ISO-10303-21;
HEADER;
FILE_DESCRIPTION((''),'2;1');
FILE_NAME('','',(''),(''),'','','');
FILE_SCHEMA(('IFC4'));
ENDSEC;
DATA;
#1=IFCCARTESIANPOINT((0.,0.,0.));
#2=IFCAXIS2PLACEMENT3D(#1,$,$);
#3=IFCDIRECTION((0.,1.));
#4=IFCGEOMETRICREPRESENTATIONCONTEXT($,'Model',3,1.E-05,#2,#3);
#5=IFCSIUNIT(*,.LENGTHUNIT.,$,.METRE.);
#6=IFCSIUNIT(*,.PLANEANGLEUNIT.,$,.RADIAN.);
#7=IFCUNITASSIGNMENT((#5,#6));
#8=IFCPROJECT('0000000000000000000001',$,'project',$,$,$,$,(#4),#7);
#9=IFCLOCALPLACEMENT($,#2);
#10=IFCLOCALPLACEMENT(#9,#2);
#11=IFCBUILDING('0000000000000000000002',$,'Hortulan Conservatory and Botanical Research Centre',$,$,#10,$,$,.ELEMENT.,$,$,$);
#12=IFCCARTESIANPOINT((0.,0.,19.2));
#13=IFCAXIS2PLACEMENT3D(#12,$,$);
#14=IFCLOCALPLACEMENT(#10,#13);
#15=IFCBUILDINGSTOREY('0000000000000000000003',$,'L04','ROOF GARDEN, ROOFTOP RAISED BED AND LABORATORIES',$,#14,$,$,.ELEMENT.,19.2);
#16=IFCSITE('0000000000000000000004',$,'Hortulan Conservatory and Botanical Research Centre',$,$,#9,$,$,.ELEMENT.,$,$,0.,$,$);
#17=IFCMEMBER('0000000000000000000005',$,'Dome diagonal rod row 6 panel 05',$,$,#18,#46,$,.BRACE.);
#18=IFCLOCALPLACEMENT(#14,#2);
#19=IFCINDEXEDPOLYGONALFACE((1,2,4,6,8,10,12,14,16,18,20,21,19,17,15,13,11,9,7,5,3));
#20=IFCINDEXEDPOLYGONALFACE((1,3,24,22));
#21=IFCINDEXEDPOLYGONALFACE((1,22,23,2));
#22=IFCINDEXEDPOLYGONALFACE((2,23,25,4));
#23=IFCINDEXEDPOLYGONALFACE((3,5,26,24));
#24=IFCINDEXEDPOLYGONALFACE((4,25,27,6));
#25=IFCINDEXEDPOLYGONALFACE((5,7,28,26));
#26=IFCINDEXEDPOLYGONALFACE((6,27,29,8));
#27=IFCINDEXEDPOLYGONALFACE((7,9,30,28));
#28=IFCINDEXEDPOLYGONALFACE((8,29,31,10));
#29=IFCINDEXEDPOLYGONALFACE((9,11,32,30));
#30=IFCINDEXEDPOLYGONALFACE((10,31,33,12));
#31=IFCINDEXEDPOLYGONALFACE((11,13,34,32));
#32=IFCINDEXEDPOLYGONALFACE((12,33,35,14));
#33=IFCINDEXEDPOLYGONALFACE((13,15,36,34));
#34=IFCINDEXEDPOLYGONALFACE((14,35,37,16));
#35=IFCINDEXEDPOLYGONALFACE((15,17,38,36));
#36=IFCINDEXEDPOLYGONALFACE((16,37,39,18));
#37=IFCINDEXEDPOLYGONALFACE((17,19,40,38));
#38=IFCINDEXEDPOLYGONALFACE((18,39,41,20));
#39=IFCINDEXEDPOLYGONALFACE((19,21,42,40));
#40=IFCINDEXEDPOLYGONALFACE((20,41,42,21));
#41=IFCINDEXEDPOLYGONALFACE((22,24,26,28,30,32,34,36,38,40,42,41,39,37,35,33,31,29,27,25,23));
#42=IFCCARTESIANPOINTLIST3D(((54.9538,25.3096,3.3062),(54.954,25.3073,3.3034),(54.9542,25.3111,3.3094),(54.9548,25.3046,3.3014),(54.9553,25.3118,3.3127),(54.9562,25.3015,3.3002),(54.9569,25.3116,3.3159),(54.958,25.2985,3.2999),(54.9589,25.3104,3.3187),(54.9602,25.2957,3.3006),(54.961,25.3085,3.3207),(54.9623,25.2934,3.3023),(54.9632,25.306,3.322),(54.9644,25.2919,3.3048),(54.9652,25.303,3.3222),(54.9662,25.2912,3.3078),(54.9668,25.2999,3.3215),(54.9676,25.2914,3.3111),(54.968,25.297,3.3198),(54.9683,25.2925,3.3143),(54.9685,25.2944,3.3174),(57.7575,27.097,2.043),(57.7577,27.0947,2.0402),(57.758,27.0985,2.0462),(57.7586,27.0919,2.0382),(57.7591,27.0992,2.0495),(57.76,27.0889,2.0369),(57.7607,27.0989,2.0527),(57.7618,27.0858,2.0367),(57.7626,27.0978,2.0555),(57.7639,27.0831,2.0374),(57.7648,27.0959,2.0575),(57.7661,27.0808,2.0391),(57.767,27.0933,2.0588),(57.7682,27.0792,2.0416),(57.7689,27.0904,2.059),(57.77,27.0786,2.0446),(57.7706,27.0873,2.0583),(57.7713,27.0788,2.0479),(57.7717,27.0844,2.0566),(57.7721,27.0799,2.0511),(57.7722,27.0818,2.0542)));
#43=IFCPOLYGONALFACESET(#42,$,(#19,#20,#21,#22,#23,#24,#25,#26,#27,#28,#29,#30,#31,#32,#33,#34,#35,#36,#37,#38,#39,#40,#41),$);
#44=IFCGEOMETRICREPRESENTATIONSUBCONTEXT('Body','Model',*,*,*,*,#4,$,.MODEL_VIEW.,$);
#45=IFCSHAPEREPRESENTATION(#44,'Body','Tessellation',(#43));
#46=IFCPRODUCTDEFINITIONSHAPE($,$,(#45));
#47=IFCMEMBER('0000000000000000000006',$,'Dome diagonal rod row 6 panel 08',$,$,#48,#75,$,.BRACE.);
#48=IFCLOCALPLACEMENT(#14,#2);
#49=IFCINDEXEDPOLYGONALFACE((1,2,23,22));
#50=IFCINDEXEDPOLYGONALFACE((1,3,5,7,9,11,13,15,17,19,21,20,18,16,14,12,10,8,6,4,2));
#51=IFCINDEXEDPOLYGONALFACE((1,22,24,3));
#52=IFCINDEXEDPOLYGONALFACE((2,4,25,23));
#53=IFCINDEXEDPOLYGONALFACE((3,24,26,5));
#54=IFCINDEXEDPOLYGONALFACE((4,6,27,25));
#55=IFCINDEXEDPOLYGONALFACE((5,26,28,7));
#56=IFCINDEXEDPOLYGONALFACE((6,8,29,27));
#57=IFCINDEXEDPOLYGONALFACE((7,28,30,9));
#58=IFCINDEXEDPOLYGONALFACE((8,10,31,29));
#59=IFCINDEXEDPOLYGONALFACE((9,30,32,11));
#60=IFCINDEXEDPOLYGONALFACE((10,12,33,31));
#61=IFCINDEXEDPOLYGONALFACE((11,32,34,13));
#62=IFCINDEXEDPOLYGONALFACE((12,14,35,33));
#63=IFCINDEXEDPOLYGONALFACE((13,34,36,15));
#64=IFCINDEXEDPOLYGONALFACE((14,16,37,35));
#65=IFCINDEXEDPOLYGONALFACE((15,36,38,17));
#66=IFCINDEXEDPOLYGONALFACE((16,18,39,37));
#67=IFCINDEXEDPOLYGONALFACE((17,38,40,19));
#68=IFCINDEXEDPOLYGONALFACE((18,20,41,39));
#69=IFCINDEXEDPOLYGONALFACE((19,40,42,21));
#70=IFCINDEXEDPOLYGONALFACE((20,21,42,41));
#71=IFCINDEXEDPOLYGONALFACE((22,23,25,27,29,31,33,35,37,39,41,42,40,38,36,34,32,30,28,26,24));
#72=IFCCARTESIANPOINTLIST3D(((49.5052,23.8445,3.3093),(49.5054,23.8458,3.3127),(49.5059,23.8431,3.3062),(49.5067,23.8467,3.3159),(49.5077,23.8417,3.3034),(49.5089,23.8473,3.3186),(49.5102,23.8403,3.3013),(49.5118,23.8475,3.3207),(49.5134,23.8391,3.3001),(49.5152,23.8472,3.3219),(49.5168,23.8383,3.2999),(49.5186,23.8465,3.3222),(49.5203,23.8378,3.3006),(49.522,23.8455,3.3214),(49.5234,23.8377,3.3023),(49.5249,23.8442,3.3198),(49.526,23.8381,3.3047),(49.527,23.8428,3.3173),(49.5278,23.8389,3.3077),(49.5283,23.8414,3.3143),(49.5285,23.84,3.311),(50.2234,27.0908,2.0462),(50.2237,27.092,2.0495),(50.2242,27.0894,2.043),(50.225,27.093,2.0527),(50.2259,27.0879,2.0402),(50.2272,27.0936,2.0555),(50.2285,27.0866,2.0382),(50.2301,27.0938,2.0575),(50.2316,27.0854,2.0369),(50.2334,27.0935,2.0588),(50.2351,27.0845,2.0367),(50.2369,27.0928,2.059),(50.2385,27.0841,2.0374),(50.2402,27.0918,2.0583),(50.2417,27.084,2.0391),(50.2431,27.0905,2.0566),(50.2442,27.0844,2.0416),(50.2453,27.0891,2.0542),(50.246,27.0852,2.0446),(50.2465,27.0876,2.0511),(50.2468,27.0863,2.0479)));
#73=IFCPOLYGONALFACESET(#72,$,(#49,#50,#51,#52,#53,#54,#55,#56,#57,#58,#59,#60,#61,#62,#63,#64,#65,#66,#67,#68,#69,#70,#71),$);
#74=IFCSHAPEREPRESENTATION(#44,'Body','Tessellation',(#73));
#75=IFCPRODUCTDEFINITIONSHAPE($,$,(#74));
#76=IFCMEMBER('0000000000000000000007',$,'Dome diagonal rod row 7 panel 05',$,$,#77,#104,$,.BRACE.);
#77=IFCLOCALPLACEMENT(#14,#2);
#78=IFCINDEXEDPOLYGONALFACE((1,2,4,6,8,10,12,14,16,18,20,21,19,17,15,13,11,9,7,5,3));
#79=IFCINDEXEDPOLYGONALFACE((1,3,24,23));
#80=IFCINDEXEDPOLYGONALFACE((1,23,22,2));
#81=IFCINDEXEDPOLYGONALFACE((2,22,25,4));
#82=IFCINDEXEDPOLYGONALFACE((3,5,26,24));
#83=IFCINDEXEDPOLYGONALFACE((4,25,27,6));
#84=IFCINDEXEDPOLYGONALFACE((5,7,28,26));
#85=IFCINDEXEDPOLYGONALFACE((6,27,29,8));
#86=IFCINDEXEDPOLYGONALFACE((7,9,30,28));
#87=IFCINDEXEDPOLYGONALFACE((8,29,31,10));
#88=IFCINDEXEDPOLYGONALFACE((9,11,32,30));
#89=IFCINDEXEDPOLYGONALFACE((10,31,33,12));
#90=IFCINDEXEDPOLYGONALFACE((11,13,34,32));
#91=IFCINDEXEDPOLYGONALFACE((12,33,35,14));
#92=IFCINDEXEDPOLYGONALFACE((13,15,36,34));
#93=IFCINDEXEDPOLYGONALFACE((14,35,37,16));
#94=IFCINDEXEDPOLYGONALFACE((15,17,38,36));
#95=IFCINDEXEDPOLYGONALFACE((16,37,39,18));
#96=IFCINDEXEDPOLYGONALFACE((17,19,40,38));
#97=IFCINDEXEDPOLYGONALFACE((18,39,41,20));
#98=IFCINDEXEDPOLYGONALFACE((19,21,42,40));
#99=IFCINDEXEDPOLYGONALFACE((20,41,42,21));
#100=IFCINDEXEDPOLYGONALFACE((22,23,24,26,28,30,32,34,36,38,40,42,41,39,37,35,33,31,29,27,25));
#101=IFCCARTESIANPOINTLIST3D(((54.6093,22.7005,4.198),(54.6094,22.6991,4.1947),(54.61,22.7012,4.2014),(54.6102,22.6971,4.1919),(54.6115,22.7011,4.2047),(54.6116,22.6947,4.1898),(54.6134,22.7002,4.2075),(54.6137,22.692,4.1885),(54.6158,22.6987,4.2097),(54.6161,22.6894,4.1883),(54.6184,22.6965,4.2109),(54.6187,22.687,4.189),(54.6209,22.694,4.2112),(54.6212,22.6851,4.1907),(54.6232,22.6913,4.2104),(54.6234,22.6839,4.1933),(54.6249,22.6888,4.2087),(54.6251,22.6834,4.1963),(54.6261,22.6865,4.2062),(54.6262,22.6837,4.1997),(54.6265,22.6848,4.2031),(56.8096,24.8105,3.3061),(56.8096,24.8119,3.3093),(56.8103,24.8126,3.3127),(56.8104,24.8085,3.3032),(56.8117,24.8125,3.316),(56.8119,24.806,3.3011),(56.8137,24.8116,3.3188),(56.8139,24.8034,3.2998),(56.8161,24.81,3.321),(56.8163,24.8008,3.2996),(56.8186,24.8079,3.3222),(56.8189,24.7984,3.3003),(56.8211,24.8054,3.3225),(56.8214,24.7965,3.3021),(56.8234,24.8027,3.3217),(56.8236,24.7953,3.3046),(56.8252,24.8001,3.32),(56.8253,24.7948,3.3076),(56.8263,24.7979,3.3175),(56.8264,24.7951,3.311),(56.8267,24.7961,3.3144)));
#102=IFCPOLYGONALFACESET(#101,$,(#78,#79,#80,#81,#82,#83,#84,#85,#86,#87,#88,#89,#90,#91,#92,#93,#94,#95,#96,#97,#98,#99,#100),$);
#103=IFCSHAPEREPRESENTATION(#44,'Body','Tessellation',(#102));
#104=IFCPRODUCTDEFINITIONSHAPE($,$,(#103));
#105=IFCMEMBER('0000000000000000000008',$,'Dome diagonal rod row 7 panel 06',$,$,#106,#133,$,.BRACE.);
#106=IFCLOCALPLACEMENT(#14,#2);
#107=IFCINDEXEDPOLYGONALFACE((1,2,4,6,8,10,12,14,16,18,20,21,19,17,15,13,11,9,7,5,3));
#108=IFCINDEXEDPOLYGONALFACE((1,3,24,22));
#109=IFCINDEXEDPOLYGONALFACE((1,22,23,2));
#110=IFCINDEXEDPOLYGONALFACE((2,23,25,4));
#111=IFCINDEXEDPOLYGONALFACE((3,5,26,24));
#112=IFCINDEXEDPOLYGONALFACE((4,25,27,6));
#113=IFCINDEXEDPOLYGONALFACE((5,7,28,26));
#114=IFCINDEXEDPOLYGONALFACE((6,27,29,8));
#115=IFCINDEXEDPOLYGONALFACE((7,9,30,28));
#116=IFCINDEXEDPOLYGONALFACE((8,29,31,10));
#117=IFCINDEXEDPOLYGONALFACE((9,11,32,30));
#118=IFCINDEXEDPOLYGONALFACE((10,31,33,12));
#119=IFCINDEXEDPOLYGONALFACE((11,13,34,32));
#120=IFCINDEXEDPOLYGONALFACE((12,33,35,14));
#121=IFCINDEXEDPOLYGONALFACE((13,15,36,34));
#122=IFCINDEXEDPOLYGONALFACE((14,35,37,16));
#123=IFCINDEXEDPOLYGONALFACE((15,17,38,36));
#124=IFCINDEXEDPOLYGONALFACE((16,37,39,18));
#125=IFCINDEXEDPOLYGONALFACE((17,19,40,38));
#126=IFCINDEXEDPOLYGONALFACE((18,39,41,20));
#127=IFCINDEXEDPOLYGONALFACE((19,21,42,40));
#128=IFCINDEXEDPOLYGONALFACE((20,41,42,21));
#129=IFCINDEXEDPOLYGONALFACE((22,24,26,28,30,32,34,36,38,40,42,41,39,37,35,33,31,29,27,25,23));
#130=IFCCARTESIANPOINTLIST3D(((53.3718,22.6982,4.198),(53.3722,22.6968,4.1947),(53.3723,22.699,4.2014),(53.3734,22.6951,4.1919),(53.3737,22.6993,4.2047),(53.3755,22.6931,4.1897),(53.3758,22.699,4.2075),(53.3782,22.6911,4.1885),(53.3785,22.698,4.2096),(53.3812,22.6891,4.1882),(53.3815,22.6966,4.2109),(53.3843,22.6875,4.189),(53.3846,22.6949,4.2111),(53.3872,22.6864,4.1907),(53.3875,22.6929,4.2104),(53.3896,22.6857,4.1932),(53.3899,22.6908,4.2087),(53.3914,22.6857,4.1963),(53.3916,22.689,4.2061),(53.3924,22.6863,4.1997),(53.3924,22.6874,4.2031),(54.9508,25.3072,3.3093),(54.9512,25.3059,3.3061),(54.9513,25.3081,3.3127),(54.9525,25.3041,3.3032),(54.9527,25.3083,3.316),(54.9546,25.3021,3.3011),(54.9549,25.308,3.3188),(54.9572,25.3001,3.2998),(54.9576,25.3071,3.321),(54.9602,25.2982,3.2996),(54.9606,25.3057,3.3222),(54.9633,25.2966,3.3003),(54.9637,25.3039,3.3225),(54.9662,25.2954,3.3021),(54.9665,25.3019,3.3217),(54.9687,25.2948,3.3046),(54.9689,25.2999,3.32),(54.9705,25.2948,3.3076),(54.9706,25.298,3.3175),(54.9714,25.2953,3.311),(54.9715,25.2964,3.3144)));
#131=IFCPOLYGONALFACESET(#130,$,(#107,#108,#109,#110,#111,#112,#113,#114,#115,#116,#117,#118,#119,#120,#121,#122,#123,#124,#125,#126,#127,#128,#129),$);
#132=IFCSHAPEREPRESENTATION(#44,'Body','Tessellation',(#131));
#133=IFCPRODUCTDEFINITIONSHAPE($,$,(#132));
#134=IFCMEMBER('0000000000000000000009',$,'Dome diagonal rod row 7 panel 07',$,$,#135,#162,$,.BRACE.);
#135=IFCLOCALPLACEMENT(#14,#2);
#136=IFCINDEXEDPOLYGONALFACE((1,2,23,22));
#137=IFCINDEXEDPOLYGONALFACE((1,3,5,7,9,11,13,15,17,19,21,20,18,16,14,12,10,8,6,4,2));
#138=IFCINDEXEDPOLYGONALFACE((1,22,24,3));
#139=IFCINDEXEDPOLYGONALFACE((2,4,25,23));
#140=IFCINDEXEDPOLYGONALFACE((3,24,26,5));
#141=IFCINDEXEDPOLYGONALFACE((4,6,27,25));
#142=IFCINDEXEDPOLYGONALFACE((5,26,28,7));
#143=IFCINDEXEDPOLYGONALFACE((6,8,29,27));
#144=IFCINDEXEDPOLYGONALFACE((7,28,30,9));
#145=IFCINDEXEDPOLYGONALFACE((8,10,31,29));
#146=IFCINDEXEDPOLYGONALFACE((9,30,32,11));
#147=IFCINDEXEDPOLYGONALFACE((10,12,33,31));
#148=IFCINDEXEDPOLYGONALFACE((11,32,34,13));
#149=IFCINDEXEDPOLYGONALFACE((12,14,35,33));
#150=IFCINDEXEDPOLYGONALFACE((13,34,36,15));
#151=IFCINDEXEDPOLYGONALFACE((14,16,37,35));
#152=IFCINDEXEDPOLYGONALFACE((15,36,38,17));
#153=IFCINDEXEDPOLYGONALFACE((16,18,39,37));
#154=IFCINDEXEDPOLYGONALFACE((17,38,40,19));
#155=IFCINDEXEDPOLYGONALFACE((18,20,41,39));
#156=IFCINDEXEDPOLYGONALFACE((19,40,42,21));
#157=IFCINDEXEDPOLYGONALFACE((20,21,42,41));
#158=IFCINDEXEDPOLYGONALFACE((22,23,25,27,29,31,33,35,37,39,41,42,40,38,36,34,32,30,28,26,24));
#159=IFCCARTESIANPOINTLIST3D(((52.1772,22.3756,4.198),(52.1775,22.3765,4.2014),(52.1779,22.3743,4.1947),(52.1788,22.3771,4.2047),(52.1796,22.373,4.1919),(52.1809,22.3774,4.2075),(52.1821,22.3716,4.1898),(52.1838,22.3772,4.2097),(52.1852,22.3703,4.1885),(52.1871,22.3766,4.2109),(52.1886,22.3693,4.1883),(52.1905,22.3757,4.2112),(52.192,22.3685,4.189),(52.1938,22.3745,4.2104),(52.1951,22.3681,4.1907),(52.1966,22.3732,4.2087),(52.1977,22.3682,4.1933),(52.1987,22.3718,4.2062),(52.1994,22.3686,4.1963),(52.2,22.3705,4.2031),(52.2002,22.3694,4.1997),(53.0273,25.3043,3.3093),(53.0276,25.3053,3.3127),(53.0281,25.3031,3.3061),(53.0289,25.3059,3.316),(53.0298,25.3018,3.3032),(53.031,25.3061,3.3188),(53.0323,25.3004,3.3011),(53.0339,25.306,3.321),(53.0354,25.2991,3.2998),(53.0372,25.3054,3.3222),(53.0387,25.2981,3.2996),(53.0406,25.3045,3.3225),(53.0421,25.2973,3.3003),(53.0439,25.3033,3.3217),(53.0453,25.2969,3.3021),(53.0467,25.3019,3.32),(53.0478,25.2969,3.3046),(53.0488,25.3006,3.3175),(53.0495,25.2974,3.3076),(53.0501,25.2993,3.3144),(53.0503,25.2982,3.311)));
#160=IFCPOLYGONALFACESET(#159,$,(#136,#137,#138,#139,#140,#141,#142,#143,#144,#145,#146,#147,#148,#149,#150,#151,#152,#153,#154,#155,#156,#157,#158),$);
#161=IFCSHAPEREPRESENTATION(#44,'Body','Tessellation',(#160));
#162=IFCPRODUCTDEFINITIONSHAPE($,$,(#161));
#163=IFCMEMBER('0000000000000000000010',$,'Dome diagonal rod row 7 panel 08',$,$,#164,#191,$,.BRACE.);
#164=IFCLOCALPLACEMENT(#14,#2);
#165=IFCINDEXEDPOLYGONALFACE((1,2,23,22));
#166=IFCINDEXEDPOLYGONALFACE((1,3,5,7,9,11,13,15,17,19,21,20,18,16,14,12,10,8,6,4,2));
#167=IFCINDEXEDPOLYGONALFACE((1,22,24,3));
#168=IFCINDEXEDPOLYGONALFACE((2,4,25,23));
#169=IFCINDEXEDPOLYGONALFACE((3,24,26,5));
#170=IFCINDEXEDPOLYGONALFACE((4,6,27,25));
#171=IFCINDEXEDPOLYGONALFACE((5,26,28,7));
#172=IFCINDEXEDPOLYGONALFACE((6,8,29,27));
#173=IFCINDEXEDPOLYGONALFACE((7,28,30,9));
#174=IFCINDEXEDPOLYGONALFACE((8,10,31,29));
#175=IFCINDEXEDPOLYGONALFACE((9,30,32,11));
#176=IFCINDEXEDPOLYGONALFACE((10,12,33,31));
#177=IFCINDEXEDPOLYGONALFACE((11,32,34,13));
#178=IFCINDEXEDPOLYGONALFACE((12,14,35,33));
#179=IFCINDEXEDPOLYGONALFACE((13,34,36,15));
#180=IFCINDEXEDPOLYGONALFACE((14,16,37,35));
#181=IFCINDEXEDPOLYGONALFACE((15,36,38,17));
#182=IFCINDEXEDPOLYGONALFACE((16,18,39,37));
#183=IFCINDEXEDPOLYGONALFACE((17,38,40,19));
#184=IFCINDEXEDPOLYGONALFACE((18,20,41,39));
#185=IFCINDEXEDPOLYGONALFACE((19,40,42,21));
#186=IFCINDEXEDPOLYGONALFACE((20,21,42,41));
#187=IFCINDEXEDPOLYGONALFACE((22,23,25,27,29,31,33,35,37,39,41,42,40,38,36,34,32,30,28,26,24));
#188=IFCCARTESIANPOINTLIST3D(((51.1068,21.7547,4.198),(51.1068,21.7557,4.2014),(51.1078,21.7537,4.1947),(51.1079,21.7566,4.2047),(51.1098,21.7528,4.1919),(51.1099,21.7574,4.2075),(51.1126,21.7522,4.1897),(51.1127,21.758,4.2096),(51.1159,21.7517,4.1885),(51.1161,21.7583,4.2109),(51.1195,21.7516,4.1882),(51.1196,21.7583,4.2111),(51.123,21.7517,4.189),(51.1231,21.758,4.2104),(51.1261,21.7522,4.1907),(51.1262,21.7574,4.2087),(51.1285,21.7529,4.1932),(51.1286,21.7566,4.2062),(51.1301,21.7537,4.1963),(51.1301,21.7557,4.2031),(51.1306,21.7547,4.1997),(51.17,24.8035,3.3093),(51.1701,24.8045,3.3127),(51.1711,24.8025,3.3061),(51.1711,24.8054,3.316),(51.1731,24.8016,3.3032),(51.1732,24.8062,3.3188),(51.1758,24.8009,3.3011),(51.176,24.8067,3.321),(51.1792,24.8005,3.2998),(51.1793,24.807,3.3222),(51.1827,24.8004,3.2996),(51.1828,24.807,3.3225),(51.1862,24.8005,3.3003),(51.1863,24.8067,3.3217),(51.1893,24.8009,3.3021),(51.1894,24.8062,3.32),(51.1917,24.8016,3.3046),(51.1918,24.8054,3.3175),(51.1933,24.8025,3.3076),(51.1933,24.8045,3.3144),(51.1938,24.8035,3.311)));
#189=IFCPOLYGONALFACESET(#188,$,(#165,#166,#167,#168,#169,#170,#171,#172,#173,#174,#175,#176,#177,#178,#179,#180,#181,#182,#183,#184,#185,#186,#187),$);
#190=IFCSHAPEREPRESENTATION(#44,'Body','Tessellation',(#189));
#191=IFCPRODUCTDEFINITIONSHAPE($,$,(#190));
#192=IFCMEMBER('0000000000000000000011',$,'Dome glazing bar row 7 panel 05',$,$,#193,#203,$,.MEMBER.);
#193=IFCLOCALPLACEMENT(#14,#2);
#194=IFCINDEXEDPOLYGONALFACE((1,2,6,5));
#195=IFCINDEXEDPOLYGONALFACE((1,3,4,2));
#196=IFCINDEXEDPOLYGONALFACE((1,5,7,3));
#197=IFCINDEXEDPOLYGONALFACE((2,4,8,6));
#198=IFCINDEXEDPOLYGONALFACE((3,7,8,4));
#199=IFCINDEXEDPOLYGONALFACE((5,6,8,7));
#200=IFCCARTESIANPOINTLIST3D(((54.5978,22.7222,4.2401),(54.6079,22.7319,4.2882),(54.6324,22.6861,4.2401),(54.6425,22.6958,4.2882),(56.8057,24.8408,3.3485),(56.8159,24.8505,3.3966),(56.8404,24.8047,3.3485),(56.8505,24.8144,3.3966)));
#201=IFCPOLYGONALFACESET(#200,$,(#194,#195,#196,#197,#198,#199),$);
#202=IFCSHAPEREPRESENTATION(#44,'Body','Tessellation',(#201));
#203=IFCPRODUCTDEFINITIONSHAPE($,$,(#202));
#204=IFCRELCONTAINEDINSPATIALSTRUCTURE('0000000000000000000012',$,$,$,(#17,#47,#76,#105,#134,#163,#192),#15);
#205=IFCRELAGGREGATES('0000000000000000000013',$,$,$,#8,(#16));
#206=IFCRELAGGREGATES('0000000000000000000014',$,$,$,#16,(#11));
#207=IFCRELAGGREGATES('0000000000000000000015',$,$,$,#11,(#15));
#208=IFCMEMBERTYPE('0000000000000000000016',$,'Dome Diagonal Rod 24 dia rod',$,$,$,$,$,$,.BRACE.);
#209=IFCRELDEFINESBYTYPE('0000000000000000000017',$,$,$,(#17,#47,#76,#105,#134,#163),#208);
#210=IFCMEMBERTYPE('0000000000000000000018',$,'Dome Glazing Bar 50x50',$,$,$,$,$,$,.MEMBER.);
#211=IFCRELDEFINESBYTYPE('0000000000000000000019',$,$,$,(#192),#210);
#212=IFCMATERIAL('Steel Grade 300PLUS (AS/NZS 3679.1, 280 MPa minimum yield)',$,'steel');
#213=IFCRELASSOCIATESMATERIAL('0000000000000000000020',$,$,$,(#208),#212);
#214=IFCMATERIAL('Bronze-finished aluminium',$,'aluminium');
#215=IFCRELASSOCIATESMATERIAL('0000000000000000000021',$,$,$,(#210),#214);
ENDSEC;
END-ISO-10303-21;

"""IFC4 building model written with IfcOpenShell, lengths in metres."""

from ifc_helpers import new_model, si_unit, direction, frame, origin, origin_2d, place, context, subcontext, project, spatial, rectangle, circle, extrude, material, material_profile, profile_set, type_object, element, save


model = new_model("IFC4")

# Units and contexts
model_context = context("Model", 3, precision=1e-05, world=origin(), true_north=direction((0.0, 1.0)))
body_context = subcontext(model_context, "Body", "Model", "MODEL_VIEW")
ifc_project = project(units=[si_unit("LENGTHUNIT", "METRE"), si_unit("PLANEANGLEUNIT", "RADIAN")], contexts=[model_context])

# Site, building, storey
site_placement = place(None, origin())
site = spatial("IfcSite", under=ifc_project, at=site_placement, Name="Hortulan Conservatory and Botanical Research Centre", CompositionType="ELEMENT", RefElevation=0.0)
building_placement = place(site_placement, origin())
building = spatial("IfcBuilding", under=site, at=building_placement, Name="Hortulan Conservatory and Botanical Research Centre", CompositionType="ELEMENT")
storey_placement = place(building_placement, frame((0.0, 0.0, 19.2)))
storey = spatial("IfcBuildingStorey", under=building, at=storey_placement, Name="L04", Description="ROOF GARDEN, ROOFTOP RAISED BED AND LABORATORIES", CompositionType="ELEMENT", Elevation=19.2)

# Members
ifc_material_1 = material(Name="Steel Grade 300PLUS (AS/NZS 3679.1, 280 MPa minimum yield)", Category="steel")
ifc_material_profile_1 = material_profile(ifc_material_1, circle(Radius=0.012, at=origin_2d()), Name="24 dia rod")
ifc_profile_set_1 = profile_set([ifc_material_profile_1], Name="Steel Grade 300PLUS (AS/NZS 3679.1, 280 MPa minimum yield)")
member_type_1 = type_object("IfcMemberType", Name="Dome Diagonal Rod 24 dia rod", PredefinedType="BRACE", material=ifc_profile_set_1)
member_1_placement = place(storey_placement, frame((57.7649, 27.0889, 2.0479), z_axis=(-0.788261, -0.502513, 0.355143), x_axis=(0.537555, -0.843229, 0.0)))
element("IfcMember", 1, at=member_1_placement, inside=storey, type_object=member_type_1, Name="Dome diagonal rod row 6 panel 05", PredefinedType="BRACE", context=body_context, shape_type="SweptSolid", body=[
    extrude(circle(Radius=0.012, at=origin_2d()), origin(), (0.0, 0.0, 1.0), 3.5569),
])
member_2_placement = place(storey_placement, frame((50.2351, 27.0889, 2.0479), z_axis=(-0.201945, -0.912734, 0.355154), x_axis=(0.976387, -0.216028, 0.0)))
element("IfcMember", 2, at=member_2_placement, inside=storey, type_object=member_type_1, Name="Dome diagonal rod row 6 panel 08", PredefinedType="BRACE", context=body_context, shape_type="SweptSolid", body=[
    extrude(circle(Radius=0.012, at=origin_2d()), origin(), (0.0, 0.0, 1.0), 3.5566),
])
member_3_placement = place(storey_placement, frame((56.8181, 24.8037, 3.311), z_axis=(-0.692711, -0.664732, 0.27979), x_axis=(0.692385, -0.721528, 0.0)))
element("IfcMember", 3, at=member_3_placement, inside=storey, type_object=member_type_1, Name="Dome diagonal rod row 7 panel 05", PredefinedType="BRACE", context=body_context, shape_type="SweptSolid", body=[
    extrude(circle(Radius=0.012, at=origin_2d()), origin(), (0.0, 0.0, 1.0), 3.1763),
])
for number, where, z_axis, x_axis, name in (
    (4, (54.9612, 25.3015, 3.311), (-0.497102, -0.821357, 0.279755), (0.855516, -0.517776, 0.0), "Dome diagonal rod row 7 panel 06"),
    (5, (53.0388, 25.3015, 3.311), (-0.267626, -0.922011, 0.27977), (0.960361, -0.278758, 0.0), "Dome diagonal rod row 7 panel 07"),
):
    element("IfcMember", number, at=place(storey_placement, frame(where, z_axis=z_axis, x_axis=x_axis)), inside=storey, type_object=member_type_1, Name=name, PredefinedType="BRACE", context=body_context, shape_type="SweptSolid", body=[
        extrude(circle(Radius=0.012, at=origin_2d()), origin(), (0.0, 0.0, 1.0), 3.1765),
    ])
member_4_placement = place(storey_placement, frame((51.1819, 24.8037, 3.311), z_axis=(-0.019907, -0.959858, 0.279779), x_axis=(0.999785, -0.020735, 0.0)))
element("IfcMember", 6, at=member_4_placement, inside=storey, type_object=member_type_1, Name="Dome diagonal rod row 7 panel 08", PredefinedType="BRACE", context=body_context, shape_type="SweptSolid", body=[
    extrude(circle(Radius=0.012, at=origin_2d()), origin(), (0.0, 0.0, 1.0), 3.1763),
])
ifc_material_2 = material(Name="Bronze-finished aluminium", Category="aluminium")
ifc_material_profile_2 = material_profile(ifc_material_2, rectangle(XDim=0.05, YDim=0.05, at=origin_2d()), Name="Square bar 50x50")
ifc_profile_set_2 = profile_set([ifc_material_profile_2], Name="Bronze-finished aluminium")
member_type_2 = type_object("IfcMemberType", Name="Dome Glazing Bar 50x50", PredefinedType="MEMBER", material=ifc_profile_set_2)
member_5_placement = place(storey_placement, frame((56.8281, 24.8276, 3.3726), z_axis=(-0.69275, -0.664715, 0.279735), x_axis=(0.692356, -0.721556, 0.0)))
element("IfcMember", 7, at=member_5_placement, inside=storey, type_object=member_type_2, Name="Dome glazing bar row 7 panel 05", PredefinedType="MEMBER", context=body_context, shape_type="SweptSolid", body=[
    extrude(rectangle(XDim=0.05, YDim=0.05, at=origin_2d()), origin(), (0.0, 0.0, 1.0), 3.1873),
])

save(model, "model.ifc")
